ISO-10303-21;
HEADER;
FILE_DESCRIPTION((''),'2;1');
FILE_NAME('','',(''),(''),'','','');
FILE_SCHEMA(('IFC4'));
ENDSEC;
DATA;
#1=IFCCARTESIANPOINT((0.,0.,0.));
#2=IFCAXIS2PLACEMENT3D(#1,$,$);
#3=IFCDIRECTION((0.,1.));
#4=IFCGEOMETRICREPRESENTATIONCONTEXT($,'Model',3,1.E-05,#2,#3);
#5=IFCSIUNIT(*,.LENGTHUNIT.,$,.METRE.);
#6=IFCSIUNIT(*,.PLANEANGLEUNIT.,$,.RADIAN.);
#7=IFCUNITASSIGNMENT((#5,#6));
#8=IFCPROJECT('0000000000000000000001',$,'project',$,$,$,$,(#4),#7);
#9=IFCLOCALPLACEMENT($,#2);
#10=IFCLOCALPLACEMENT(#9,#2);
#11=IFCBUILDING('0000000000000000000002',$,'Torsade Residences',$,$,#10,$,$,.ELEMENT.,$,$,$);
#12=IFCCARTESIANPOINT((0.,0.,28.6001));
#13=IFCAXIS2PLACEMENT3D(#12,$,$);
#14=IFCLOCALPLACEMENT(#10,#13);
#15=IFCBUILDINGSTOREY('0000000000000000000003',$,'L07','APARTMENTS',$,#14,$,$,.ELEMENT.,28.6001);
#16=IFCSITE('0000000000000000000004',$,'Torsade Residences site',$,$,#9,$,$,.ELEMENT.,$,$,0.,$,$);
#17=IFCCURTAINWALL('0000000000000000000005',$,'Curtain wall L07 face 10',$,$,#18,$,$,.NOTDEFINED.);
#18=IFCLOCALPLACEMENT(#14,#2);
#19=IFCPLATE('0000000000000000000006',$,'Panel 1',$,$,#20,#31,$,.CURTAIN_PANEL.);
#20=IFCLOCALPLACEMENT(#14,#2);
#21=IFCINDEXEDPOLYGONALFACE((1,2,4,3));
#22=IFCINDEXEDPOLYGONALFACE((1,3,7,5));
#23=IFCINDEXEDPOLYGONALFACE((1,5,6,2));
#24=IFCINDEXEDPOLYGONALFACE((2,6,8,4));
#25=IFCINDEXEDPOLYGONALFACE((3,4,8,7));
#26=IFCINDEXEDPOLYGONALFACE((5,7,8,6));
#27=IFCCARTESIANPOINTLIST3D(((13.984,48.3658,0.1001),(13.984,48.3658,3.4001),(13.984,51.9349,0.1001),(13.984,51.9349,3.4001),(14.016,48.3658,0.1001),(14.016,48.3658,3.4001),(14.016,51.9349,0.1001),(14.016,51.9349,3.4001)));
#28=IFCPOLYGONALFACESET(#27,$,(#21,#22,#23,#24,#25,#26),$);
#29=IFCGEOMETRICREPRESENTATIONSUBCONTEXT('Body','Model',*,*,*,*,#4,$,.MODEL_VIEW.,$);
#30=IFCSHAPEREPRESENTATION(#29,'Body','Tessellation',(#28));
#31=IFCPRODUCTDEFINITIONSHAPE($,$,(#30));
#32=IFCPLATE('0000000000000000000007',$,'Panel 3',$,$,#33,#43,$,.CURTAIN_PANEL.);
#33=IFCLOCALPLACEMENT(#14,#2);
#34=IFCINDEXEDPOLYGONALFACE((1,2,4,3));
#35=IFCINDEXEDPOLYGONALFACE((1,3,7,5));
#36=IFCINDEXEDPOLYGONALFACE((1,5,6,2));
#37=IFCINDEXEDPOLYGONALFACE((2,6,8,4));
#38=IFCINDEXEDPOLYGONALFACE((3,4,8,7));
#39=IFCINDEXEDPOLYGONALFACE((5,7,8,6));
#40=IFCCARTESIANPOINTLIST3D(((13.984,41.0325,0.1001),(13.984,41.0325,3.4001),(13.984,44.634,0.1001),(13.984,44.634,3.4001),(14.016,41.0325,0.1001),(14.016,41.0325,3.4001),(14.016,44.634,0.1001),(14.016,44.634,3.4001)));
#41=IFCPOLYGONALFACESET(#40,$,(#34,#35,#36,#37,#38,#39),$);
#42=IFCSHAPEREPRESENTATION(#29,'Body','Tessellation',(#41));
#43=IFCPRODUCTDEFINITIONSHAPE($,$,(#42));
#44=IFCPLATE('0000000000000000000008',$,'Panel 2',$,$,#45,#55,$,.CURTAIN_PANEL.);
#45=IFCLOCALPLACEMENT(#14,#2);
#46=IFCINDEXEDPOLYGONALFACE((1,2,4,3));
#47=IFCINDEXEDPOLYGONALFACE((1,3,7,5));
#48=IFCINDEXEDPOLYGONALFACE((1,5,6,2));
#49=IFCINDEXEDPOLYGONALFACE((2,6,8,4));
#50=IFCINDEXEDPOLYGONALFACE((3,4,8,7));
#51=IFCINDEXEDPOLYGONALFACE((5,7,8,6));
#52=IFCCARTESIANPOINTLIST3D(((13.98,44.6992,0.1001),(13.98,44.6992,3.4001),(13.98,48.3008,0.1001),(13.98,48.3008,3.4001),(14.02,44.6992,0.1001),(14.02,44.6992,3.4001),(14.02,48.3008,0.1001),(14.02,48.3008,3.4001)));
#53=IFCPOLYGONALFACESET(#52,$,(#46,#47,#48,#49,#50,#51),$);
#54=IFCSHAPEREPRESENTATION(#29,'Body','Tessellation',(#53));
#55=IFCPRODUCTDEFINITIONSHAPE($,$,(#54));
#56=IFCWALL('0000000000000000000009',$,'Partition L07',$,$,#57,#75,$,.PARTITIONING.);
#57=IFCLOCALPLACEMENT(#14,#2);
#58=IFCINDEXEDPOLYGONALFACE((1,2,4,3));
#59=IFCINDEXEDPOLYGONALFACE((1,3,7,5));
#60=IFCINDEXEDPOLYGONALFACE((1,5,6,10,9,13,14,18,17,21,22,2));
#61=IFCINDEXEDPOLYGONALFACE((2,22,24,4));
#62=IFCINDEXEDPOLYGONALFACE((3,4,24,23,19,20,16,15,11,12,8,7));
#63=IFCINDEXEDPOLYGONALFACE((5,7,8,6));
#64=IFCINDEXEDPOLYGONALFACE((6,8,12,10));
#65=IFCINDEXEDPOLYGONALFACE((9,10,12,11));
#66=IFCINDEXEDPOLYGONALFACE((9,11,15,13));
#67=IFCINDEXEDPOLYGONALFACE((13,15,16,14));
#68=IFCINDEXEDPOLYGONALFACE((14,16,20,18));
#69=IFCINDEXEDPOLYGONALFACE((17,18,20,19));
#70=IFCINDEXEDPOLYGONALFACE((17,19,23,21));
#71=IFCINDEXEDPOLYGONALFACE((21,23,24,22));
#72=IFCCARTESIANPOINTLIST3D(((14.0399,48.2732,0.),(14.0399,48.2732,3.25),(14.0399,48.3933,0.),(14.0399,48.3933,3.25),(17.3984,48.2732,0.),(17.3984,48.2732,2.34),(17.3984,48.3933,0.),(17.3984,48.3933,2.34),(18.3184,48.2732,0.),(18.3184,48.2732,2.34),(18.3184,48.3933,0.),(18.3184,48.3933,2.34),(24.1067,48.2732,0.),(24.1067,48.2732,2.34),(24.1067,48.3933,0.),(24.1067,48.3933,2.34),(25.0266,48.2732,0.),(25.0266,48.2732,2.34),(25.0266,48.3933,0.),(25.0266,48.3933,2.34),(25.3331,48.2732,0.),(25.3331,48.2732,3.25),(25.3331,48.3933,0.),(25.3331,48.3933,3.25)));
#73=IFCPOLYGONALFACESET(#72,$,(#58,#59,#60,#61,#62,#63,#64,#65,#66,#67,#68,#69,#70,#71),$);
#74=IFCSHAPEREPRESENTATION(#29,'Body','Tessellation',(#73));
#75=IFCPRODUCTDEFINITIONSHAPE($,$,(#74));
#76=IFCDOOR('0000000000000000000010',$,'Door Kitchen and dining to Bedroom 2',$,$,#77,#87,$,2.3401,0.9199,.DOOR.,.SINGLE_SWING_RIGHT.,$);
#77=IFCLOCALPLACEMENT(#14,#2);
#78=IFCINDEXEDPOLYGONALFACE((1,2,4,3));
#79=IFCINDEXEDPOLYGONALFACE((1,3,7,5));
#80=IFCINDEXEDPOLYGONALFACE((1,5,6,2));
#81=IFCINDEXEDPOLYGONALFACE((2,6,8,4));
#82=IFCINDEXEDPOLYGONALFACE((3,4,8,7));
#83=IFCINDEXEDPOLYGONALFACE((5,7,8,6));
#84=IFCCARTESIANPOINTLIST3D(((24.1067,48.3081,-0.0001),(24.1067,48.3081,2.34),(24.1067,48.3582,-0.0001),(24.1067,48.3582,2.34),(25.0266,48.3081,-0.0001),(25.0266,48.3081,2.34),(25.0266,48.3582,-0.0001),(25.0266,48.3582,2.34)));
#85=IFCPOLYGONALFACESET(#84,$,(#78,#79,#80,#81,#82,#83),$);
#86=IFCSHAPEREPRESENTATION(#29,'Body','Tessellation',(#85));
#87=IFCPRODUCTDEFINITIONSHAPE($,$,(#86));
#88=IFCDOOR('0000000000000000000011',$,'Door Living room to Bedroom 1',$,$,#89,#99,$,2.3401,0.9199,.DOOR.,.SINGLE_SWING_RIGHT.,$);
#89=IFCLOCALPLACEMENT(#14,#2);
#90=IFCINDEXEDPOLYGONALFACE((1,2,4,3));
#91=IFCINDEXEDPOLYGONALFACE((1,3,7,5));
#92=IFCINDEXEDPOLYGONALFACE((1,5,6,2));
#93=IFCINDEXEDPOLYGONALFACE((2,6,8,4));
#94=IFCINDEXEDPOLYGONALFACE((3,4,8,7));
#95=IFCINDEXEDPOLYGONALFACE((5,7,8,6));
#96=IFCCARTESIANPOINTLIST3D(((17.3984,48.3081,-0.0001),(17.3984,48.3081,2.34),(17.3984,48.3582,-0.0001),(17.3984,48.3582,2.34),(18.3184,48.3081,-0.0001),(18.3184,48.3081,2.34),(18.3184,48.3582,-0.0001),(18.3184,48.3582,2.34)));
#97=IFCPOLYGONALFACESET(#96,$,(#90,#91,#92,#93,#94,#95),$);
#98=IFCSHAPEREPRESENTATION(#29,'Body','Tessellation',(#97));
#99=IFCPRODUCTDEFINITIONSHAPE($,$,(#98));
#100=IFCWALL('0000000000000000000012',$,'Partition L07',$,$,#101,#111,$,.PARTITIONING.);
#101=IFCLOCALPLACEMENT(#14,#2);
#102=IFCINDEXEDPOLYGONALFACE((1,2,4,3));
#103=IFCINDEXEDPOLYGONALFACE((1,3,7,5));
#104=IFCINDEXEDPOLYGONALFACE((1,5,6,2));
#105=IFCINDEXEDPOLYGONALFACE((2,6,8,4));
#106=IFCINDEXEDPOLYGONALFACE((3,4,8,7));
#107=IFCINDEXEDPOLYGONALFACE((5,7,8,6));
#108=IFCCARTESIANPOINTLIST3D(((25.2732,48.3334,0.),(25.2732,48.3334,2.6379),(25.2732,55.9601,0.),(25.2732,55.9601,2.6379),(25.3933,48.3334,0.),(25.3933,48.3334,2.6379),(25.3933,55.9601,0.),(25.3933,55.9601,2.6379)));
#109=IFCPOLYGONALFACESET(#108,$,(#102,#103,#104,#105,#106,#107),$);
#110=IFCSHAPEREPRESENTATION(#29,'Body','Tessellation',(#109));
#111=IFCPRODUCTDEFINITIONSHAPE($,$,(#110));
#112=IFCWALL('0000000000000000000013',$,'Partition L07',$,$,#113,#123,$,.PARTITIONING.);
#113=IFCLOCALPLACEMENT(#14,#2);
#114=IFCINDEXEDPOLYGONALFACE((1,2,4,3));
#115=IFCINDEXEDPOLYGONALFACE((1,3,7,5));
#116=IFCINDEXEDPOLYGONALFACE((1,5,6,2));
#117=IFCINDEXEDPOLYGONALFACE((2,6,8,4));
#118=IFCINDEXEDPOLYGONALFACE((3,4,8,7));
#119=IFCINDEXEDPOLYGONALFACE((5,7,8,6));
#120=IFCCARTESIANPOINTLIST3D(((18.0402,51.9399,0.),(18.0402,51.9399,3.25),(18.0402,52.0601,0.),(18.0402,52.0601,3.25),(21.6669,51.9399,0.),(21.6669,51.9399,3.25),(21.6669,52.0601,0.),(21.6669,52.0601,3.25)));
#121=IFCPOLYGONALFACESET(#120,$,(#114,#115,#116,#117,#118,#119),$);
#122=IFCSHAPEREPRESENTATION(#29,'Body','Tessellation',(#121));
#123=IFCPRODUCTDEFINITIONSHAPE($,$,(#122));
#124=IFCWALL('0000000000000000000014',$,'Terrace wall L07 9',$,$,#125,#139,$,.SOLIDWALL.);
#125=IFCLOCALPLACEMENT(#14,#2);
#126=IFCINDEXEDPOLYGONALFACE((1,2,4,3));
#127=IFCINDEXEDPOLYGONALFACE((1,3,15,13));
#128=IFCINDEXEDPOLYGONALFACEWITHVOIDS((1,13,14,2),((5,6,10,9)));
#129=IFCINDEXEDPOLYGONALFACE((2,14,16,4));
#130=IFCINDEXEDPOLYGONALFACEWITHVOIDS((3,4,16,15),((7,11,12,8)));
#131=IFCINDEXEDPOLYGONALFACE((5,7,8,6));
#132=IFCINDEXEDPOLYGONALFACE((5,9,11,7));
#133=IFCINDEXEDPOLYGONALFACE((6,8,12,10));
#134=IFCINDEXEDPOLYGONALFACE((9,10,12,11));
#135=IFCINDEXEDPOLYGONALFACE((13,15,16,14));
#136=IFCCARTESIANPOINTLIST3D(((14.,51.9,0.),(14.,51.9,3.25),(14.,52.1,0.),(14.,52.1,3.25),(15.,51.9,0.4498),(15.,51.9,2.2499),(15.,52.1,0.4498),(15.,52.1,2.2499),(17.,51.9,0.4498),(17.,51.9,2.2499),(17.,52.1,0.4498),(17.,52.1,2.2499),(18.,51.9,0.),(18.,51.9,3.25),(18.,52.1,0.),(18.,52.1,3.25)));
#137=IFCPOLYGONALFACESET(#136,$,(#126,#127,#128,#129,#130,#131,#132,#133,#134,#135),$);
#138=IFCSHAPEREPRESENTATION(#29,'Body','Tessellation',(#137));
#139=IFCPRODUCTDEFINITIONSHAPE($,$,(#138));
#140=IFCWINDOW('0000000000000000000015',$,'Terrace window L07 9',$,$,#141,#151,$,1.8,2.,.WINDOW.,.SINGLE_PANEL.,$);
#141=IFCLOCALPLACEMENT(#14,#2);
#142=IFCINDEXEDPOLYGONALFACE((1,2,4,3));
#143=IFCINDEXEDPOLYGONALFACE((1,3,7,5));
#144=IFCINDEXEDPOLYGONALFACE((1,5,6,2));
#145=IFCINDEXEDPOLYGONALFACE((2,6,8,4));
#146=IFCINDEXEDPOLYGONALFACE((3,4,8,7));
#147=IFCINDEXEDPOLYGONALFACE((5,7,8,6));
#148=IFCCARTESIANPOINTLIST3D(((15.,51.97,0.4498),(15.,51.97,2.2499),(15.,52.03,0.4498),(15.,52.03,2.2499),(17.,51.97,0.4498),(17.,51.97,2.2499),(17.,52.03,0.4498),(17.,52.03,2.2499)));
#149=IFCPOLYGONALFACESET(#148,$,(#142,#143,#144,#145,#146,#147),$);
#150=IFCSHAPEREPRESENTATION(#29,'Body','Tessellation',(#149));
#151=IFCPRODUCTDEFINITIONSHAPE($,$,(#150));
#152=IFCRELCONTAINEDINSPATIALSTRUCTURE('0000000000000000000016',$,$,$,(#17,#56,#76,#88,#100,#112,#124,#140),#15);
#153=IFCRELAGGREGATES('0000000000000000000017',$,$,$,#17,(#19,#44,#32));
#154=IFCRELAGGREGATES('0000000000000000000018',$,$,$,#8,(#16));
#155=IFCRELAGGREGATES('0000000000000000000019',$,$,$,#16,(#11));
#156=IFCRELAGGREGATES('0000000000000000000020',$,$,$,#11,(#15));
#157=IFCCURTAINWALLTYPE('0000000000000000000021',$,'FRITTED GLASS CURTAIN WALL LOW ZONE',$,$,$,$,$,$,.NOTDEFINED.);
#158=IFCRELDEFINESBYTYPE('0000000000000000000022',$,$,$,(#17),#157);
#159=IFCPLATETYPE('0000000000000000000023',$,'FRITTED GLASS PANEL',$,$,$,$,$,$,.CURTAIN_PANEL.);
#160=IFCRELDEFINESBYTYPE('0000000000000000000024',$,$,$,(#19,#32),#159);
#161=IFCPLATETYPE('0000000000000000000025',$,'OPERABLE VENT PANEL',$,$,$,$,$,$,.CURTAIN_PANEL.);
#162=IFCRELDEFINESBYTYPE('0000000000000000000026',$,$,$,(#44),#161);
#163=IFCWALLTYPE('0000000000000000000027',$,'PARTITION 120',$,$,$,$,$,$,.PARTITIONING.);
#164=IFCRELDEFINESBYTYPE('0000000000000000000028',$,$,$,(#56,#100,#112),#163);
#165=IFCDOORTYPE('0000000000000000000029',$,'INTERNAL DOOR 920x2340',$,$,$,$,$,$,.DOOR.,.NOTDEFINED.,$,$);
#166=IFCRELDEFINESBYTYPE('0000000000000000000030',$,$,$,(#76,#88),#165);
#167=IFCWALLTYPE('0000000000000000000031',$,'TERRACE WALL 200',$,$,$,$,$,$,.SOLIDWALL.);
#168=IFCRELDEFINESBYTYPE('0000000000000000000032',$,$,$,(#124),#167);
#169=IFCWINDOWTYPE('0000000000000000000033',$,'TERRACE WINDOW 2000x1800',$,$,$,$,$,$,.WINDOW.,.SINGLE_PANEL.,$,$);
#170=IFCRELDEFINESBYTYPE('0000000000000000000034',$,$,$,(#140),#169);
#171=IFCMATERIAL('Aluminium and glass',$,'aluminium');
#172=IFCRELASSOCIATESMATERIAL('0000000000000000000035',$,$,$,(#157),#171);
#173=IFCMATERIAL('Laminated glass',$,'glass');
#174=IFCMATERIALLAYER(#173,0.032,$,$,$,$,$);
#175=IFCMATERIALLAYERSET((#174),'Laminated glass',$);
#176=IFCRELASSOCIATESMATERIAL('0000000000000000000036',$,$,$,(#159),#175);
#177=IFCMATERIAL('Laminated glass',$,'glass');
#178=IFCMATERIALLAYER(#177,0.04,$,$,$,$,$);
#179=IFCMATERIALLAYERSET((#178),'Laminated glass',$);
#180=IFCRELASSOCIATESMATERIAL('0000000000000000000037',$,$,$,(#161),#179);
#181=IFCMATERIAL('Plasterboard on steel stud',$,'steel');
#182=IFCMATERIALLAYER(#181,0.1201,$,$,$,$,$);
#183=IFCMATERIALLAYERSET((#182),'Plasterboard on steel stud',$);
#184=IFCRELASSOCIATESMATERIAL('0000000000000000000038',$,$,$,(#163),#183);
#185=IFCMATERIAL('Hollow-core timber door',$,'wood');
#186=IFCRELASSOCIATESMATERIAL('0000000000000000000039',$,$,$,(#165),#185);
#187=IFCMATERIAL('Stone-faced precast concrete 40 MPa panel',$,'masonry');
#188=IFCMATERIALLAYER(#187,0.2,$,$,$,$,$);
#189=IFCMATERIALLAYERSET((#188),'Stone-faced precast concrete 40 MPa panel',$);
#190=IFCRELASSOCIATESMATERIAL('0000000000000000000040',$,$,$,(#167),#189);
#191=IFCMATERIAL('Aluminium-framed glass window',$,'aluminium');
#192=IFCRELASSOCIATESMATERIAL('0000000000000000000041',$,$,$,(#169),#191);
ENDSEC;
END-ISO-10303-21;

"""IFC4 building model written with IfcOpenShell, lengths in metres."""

from ifc_helpers import new_model, si_unit, direction, frame, frame_2d, origin, origin_2d, place, context, subcontext, project, spatial, rectangle, extrude, material, layer, layer_set, type_object, element, fill, aggregate, save


model = new_model("IFC4")

# Units and contexts
model_context = context("Model", 3, precision=1e-05, world=origin(), true_north=direction((0.0, 1.0)))
body_context = subcontext(model_context, "Body", "Model", "MODEL_VIEW")
ifc_project = project(units=[si_unit("LENGTHUNIT", "METRE"), si_unit("PLANEANGLEUNIT", "RADIAN")], contexts=[model_context])

# Site, building, storey
site_placement = place(None, origin())
site = spatial("IfcSite", under=ifc_project, at=site_placement, Name="Torsade Residences site", CompositionType="ELEMENT", RefElevation=0.0)
building_placement = place(site_placement, origin())
building = spatial("IfcBuilding", under=site, at=building_placement, Name="Torsade Residences", CompositionType="ELEMENT")
storey_placement = place(building_placement, frame((0.0, 0.0, 28.6001)))
storey = spatial("IfcBuildingStorey", under=building, at=storey_placement, Name="L07", Description="APARTMENTS", CompositionType="ELEMENT", Elevation=28.6001)

# Curtain wall
ifc_material_1 = material(Name="Aluminium and glass", Category="aluminium")
curtain_wall_type = type_object("IfcCurtainWallType", Name="FRITTED GLASS CURTAIN WALL LOW ZONE", PredefinedType="NOTDEFINED", material=ifc_material_1)
curtain_wall_placement = place(storey_placement, origin())
curtain_wall = element("IfcCurtainWall", 1, at=curtain_wall_placement, inside=storey, type_object=curtain_wall_type, Name="Curtain wall L07 face 10", PredefinedType="NOTDEFINED")

# Plates
ifc_material_2 = material(Name="Laminated glass", Category="glass")
ifc_layer_1 = layer(ifc_material_2, 0.032)
ifc_layer_set_1 = layer_set([ifc_layer_1], Name="Laminated glass")
plate_type_1 = type_object("IfcPlateType", Name="FRITTED GLASS PANEL", PredefinedType="CURTAIN_PANEL", material=ifc_layer_set_1)
plate_1_placement = place(storey_placement, frame((14.0, 50.1504, 0.1001), z_axis=(0.0, 0.0, 1.0), x_axis=(0.0, -1.0, 0.0)))
plate_1 = element("IfcPlate", 2, at=plate_1_placement, type_object=plate_type_1, Name="Panel 1", PredefinedType="CURTAIN_PANEL", context=body_context, shape_type="SweptSolid", body=[
    extrude(rectangle(XDim=3.5691, YDim=0.032, at=origin_2d()), origin(), (0.0, 0.0, 1.0), 3.3),
])
plate_2_placement = place(storey_placement, frame((14.0, 42.8333, 0.1001), z_axis=(0.0, 0.0, 1.0), x_axis=(0.0, -1.0, 0.0)))
plate_2 = element("IfcPlate", 3, at=plate_2_placement, type_object=plate_type_1, Name="Panel 3", PredefinedType="CURTAIN_PANEL", context=body_context, shape_type="SweptSolid", body=[
    extrude(rectangle(XDim=3.6016, YDim=0.032, at=origin_2d()), origin(), (0.0, 0.0, 1.0), 3.3),
])
ifc_material_3 = material(Name="Laminated glass", Category="glass")
ifc_layer_2 = layer(ifc_material_3, 0.04)
ifc_layer_set_2 = layer_set([ifc_layer_2], Name="Laminated glass")
plate_type_2 = type_object("IfcPlateType", Name="OPERABLE VENT PANEL", PredefinedType="CURTAIN_PANEL", material=ifc_layer_set_2)
plate_3_placement = place(storey_placement, frame((14.0, 46.5, 0.1001), z_axis=(0.0, 0.0, 1.0), x_axis=(0.0, -1.0, 0.0)))
plate_3 = element("IfcPlate", 4, at=plate_3_placement, type_object=plate_type_2, Name="Panel 2", PredefinedType="CURTAIN_PANEL", context=body_context, shape_type="SweptSolid", body=[
    extrude(rectangle(XDim=3.6016, YDim=0.04, at=origin_2d()), origin(), (0.0, 0.0, 1.0), 3.3),
])
aggregate(curtain_wall, [plate_1, plate_3, plate_2])

# Wall, openings, doors
ifc_material_4 = material(Name="Plasterboard on steel stud", Category="steel")
ifc_layer_3 = layer(ifc_material_4, 0.1201)
ifc_layer_set_3 = layer_set([ifc_layer_3], Name="Plasterboard on steel stud")
wall_type_1 = type_object("IfcWallType", Name="PARTITION 120", PredefinedType="PARTITIONING", material=ifc_layer_set_3)
wall_1_placement = place(storey_placement, frame((14.04, 48.3333, 0.0), z_axis=(0.0, 0.0, 1.0), x_axis=(1.0, 0.0, 0.0)))
wall_1 = element("IfcWall", 5, at=wall_1_placement, inside=storey, type_object=wall_type_1, Name="Partition L07", PredefinedType="PARTITIONING", context=body_context, shape_type="SweptSolid", body=[
    extrude(rectangle(XDim=11.2932, YDim=0.1201, at=frame_2d((5.6465, 0.0))), origin(), (0.0, 0.0, 1.0), 3.25),
])
opening_1_placement = place(wall_1_placement, frame((10.0667, 0.0, 0.0)))
opening_1 = element("IfcOpeningElement", 6, at=opening_1_placement, cuts=wall_1, PredefinedType="OPENING", context=body_context, shape_type="SweptSolid", body=[
    extrude(rectangle(XDim=0.9199, YDim=2.3401, at=frame_2d((0.46, 1.1699))), frame((0.0, 0.0701, 0.0), z_axis=(0.0, -1.0, 0.0), x_axis=(1.0, 0.0, 0.0)), (0.0, 0.0, 1.0), 0.1401),
])
opening_2_placement = place(wall_1_placement, frame((3.3584, 0.0, 0.0)))
opening_2 = element("IfcOpeningElement", 7, at=opening_2_placement, cuts=wall_1, PredefinedType="OPENING", context=body_context, shape_type="SweptSolid", body=[
    extrude(rectangle(XDim=0.9199, YDim=2.3401, at=frame_2d((0.46, 1.1699))), frame((0.0, 0.0701, 0.0), z_axis=(0.0, -1.0, 0.0), x_axis=(1.0, 0.0, 0.0)), (0.0, 0.0, 1.0), 0.1401),
])
ifc_material_5 = material(Name="Hollow-core timber door", Category="wood")
door_type = type_object("IfcDoorType", Name="INTERNAL DOOR 920x2340", OperationType="NOTDEFINED", PredefinedType="DOOR", material=ifc_material_5)
door_1_placement = place(opening_1_placement, origin())
door_1 = element("IfcDoor", 8, at=door_1_placement, inside=storey, type_object=door_type, Name="Door Kitchen and dining to Bedroom 2", OperationType="SINGLE_SWING_RIGHT", OverallHeight=2.3401, OverallWidth=0.9199, PredefinedType="DOOR", context=body_context, shape_type="SweptSolid", body=[
    extrude(rectangle(XDim=0.9199, YDim=2.3401, at=frame_2d((0.46, 1.1699))), frame((0.0, 0.0249, 0.0), z_axis=(0.0, -1.0, 0.0), x_axis=(1.0, 0.0, 0.0)), (0.0, 0.0, 1.0), 0.05),
])
fill(opening_1, door_1)
door_2_placement = place(opening_2_placement, origin())
door_2 = element("IfcDoor", 9, at=door_2_placement, inside=storey, type_object=door_type, Name="Door Living room to Bedroom 1", OperationType="SINGLE_SWING_RIGHT", OverallHeight=2.3401, OverallWidth=0.9199, PredefinedType="DOOR", context=body_context, shape_type="SweptSolid", body=[
    extrude(rectangle(XDim=0.9199, YDim=2.3401, at=frame_2d((0.46, 1.1699))), frame((0.0, 0.0249, 0.0), z_axis=(0.0, -1.0, 0.0), x_axis=(1.0, 0.0, 0.0)), (0.0, 0.0, 1.0), 0.05),
])
fill(opening_2, door_2)

# Walls
wall_2_placement = place(storey_placement, frame((25.3333, 48.3333, 0.0), z_axis=(0.0, 0.0, 1.0), x_axis=(0.0, 1.0, 0.0)))
element("IfcWall", 10, at=wall_2_placement, inside=storey, type_object=wall_type_1, Name="Partition L07", PredefinedType="PARTITIONING", context=body_context, shape_type="SweptSolid", body=[
    extrude(rectangle(XDim=7.6267, YDim=0.1201, at=frame_2d((3.8135, 0.0))), origin(), (0.0, 0.0, 1.0), 2.6379),
])
wall_3_placement = place(storey_placement, frame((18.04, 52.0, 0.0), z_axis=(0.0, 0.0, 1.0), x_axis=(1.0, 0.0, 0.0)))
element("IfcWall", 11, at=wall_3_placement, inside=storey, type_object=wall_type_1, Name="Partition L07", PredefinedType="PARTITIONING", context=body_context, shape_type="SweptSolid", body=[
    extrude(rectangle(XDim=3.6267, YDim=0.1201, at=frame_2d((1.8135, 0.0))), origin(), (0.0, 0.0, 1.0), 3.25),
])

# Wall, opening, window
ifc_material_6 = material(Name="Stone-faced precast concrete 40 MPa panel", Category="masonry")
ifc_layer_4 = layer(ifc_material_6, 0.2)
ifc_layer_set_4 = layer_set([ifc_layer_4], Name="Stone-faced precast concrete 40 MPa panel")
wall_type_2 = type_object("IfcWallType", Name="TERRACE WALL 200", PredefinedType="SOLIDWALL", material=ifc_layer_set_4)
wall_4_placement = place(storey_placement, frame((18.0, 52.0, 0.0), z_axis=(0.0, 0.0, 1.0), x_axis=(-1.0, 0.0, 0.0)))
wall_4 = element("IfcWall", 12, at=wall_4_placement, inside=storey, type_object=wall_type_2, Name="Terrace wall L07 9", PredefinedType="SOLIDWALL", context=body_context, shape_type="SweptSolid", body=[
    extrude(rectangle(XDim=4.0, YDim=0.2, at=frame_2d((2.0, 0.0))), origin(), (0.0, 0.0, 1.0), 3.25),
])
opening_3_placement = place(wall_4_placement, frame((1.0, 0.0, 0.45)))
opening_3 = element("IfcOpeningElement", 13, at=opening_3_placement, cuts=wall_4, PredefinedType="OPENING", context=body_context, shape_type="SweptSolid", body=[
    extrude(rectangle(XDim=2.0, YDim=1.8, at=frame_2d((1.0, 0.8999))), frame((0.0, 0.1099, 0.0), z_axis=(0.0, -1.0, 0.0), x_axis=(1.0, 0.0, 0.0)), (0.0, 0.0, 1.0), 0.22),
])
ifc_material_7 = material(Name="Aluminium-framed glass window", Category="aluminium")
window_type = type_object("IfcWindowType", Name="TERRACE WINDOW 2000x1800", PartitioningType="SINGLE_PANEL", PredefinedType="WINDOW", material=ifc_material_7)
window_placement = place(opening_3_placement, origin())
window = element("IfcWindow", 14, at=window_placement, inside=storey, type_object=window_type, Name="Terrace window L07 9", OverallHeight=1.8, OverallWidth=2.0, PartitioningType="SINGLE_PANEL", PredefinedType="WINDOW", context=body_context, shape_type="SweptSolid", body=[
    extrude(rectangle(XDim=2.0, YDim=1.8, at=frame_2d((1.0, 0.8999))), frame((0.0, 0.03, 0.0), z_axis=(0.0, -1.0, 0.0), x_axis=(1.0, 0.0, 0.0)), (0.0, 0.0, 1.0), 0.0601),
])
fill(opening_3, window)

save(model, "model.ifc")
